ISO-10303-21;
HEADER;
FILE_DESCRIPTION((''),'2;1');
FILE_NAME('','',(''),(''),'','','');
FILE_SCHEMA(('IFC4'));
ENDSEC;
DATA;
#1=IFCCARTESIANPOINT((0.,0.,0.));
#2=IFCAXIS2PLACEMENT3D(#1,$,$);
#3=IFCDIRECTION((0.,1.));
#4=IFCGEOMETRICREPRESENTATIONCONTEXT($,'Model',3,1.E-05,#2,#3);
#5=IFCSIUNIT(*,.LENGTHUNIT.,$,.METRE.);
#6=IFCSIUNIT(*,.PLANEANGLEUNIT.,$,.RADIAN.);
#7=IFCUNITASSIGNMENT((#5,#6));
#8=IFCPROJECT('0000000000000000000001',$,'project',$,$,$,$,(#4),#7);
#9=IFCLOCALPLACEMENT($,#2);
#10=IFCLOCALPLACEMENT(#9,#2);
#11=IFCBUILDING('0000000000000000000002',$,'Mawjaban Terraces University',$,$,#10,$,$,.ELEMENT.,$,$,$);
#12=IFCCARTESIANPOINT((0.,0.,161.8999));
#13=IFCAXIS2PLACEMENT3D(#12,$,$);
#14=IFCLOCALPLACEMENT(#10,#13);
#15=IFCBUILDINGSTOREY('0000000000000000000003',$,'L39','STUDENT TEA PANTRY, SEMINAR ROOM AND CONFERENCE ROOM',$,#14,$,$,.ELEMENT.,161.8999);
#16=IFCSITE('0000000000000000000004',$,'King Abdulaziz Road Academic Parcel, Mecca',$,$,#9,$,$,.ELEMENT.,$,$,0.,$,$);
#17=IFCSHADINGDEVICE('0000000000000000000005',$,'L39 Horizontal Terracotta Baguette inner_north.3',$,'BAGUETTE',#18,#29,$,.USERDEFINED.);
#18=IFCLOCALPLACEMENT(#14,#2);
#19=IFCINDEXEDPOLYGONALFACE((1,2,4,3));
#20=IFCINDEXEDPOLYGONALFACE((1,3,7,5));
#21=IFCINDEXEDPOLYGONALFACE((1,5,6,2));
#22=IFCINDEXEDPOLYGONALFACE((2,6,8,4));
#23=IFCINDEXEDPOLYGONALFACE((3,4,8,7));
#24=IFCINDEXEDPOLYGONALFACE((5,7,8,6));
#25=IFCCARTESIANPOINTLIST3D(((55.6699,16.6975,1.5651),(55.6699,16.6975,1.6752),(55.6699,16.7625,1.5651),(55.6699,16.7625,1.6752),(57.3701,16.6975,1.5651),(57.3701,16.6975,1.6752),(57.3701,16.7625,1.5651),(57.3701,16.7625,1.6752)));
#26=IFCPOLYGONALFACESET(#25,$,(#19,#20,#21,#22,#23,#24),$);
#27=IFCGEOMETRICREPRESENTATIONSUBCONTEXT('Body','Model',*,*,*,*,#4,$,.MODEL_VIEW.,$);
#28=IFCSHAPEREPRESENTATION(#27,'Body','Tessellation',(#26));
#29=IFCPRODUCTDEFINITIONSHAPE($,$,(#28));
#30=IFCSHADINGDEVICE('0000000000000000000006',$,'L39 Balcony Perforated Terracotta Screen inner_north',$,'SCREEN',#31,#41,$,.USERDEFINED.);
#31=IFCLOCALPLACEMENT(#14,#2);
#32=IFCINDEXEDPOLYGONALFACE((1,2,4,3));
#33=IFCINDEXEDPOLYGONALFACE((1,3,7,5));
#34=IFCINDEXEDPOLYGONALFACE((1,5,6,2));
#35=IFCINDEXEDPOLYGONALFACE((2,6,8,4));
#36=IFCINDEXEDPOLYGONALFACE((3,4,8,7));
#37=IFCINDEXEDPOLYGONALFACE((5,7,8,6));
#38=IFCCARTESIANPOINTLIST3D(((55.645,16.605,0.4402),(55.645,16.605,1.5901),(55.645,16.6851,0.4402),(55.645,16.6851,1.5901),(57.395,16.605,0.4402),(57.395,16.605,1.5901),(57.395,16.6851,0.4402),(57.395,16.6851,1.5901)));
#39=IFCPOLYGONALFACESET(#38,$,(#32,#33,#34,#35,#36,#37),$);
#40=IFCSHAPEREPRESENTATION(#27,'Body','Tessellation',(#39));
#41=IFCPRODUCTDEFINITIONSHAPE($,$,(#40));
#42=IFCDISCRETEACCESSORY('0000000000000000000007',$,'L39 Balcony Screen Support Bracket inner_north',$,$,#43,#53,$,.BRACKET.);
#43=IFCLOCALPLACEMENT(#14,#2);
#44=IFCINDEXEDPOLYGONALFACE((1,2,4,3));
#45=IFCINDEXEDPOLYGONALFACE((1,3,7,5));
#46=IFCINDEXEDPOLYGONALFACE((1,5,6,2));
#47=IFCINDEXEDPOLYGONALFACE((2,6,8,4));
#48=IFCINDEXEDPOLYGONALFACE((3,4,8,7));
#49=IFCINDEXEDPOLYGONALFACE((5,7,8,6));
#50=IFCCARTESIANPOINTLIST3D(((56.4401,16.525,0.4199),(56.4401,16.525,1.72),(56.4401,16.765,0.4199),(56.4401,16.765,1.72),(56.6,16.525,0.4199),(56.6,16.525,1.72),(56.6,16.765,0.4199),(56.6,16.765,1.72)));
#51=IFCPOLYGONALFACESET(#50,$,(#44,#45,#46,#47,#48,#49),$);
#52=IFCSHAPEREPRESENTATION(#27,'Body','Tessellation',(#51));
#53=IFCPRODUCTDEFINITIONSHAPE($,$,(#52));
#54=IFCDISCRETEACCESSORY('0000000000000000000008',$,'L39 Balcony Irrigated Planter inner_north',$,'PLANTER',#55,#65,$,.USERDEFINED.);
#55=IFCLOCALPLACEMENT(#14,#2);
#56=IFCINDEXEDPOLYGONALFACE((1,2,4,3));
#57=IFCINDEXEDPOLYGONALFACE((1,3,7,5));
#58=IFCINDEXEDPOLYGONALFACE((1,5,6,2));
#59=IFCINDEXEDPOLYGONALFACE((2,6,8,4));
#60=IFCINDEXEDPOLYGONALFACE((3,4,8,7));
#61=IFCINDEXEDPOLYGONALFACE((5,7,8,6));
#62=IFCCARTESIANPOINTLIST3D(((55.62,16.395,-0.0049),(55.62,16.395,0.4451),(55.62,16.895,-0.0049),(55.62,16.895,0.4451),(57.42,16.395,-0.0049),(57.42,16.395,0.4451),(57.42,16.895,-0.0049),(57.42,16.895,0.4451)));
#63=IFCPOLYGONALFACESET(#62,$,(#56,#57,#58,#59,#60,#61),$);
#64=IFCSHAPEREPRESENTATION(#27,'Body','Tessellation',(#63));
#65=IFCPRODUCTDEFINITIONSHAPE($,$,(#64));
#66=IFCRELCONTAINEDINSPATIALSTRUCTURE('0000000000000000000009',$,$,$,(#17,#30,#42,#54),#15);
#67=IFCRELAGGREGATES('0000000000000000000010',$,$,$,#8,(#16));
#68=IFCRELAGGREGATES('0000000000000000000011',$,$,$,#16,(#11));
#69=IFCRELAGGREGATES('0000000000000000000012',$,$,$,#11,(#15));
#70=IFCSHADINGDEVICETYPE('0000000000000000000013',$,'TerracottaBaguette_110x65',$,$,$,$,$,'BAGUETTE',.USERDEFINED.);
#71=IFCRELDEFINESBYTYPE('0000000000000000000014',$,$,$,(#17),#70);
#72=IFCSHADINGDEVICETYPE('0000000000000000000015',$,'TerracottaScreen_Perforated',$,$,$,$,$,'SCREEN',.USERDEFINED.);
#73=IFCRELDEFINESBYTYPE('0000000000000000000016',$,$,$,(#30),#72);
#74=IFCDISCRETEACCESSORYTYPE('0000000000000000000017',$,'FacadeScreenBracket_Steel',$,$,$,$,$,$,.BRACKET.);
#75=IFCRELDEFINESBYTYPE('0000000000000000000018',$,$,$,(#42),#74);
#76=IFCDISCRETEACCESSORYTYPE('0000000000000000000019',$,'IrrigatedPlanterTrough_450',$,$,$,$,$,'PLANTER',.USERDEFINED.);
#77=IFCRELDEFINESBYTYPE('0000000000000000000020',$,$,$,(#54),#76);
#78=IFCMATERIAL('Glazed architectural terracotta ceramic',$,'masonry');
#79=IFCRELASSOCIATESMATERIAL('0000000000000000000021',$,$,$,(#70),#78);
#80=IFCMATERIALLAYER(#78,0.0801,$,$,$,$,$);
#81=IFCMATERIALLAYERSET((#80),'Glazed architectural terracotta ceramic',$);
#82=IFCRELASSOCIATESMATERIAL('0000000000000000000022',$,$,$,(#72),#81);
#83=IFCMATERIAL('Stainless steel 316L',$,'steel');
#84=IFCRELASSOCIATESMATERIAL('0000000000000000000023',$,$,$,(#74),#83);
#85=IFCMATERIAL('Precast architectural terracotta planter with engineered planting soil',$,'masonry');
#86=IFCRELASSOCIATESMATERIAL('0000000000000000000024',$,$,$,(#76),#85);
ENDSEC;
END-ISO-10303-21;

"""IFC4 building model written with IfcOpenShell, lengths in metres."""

from ifc_helpers import new_model, si_unit, direction, frame, origin, origin_2d, place, context, subcontext, project, spatial, rectangle, extrude, material, layer, layer_set, material_profile, profile_set, type_object, element, save


model = new_model("IFC4")

# Units and contexts
model_context = context("Model", 3, precision=1e-05, world=origin(), true_north=direction((0.0, 1.0)))
body_context = subcontext(model_context, "Body", "Model", "MODEL_VIEW")
ifc_project = project(units=[si_unit("LENGTHUNIT", "METRE"), si_unit("PLANEANGLEUNIT", "RADIAN")], contexts=[model_context])

# Site, building, storey
site_placement = place(None, origin())
site = spatial("IfcSite", under=ifc_project, at=site_placement, Name="King Abdulaziz Road Academic Parcel, Mecca", CompositionType="ELEMENT", RefElevation=0.0)
building_placement = place(site_placement, origin())
building = spatial("IfcBuilding", under=site, at=building_placement, Name="Mawjaban Terraces University", CompositionType="ELEMENT")
storey_placement = place(building_placement, frame((0.0, 0.0, 161.8999)))
storey = spatial("IfcBuildingStorey", under=building, at=storey_placement, Name="L39", Description="STUDENT TEA PANTRY, SEMINAR ROOM AND CONFERENCE ROOM", CompositionType="ELEMENT", Elevation=161.8999)

# Shading devices
ifc_material_1 = material(Name="Glazed architectural terracotta ceramic", Category="masonry")
ifc_material_profile_1 = material_profile(ifc_material_1, rectangle(XDim=0.0649, YDim=0.1101, at=origin_2d()), Name="TBAG110X65")
ifc_profile_set_1 = profile_set([ifc_material_profile_1], Name="Glazed architectural terracotta ceramic")
shading_device_type_1 = type_object("IfcShadingDeviceType", Name="TerracottaBaguette_110x65", ElementType="BAGUETTE", PredefinedType="USERDEFINED", material=ifc_profile_set_1)
for number, where, z_axis, x_axis, name in (
    (1, (55.6699, 16.73, 1.6201), (1.0, 0.0, 0.0), (0.0, 1.0, 0.0), "L39 Horizontal Terracotta Baguette inner_north.3"),
):
    element("IfcShadingDevice", number, at=place(storey_placement, frame(where, z_axis=z_axis, x_axis=x_axis)), inside=storey, type_object=shading_device_type_1, Name=name, ObjectType="BAGUETTE", PredefinedType="USERDEFINED", context=body_context, shape_type="SweptSolid", body=[
        extrude(rectangle(XDim=0.0649, YDim=0.1101, at=origin_2d()), origin(), (0.0, 0.0, 1.0), 1.7002),
    ])
ifc_layer_1 = layer(ifc_material_1, 0.0801)
ifc_layer_set_1 = layer_set([ifc_layer_1], Name="Glazed architectural terracotta ceramic")
shading_device_type_2 = type_object("IfcShadingDeviceType", Name="TerracottaScreen_Perforated", ElementType="SCREEN", PredefinedType="USERDEFINED", material=ifc_layer_set_1)
shading_device_placement = place(storey_placement, frame((56.52, 16.645, 0.4402), z_axis=(0.0, 0.0, 1.0), x_axis=(1.0, 0.0, 0.0)))
element("IfcShadingDevice", 2, at=shading_device_placement, inside=storey, type_object=shading_device_type_2, Name="L39 Balcony Perforated Terracotta Screen inner_north", ObjectType="SCREEN", PredefinedType="USERDEFINED", context=body_context, shape_type="SweptSolid", body=[
    extrude(rectangle(XDim=1.75, YDim=0.0801, at=origin_2d()), origin(), (0.0, 0.0, 1.0), 1.1499),
])

# Discrete accessories
ifc_material_2 = material(Name="Stainless steel 316L", Category="steel")
discrete_accessory_type_1 = type_object("IfcDiscreteAccessoryType", Name="FacadeScreenBracket_Steel", PredefinedType="BRACKET", material=ifc_material_2)
discrete_accessory_1_placement = place(storey_placement, frame((56.52, 16.645, 0.4199), z_axis=(0.0, 0.0, 1.0), x_axis=(1.0, 0.0, 0.0)))
element("IfcDiscreteAccessory", 3, at=discrete_accessory_1_placement, inside=storey, type_object=discrete_accessory_type_1, Name="L39 Balcony Screen Support Bracket inner_north", PredefinedType="BRACKET", context=body_context, shape_type="SweptSolid", body=[
    extrude(rectangle(XDim=0.1599, YDim=0.24, at=origin_2d()), origin(), (0.0, 0.0, 1.0), 1.3),
])
ifc_material_3 = material(Name="Precast architectural terracotta planter with engineered planting soil", Category="masonry")
discrete_accessory_type_2 = type_object("IfcDiscreteAccessoryType", Name="IrrigatedPlanterTrough_450", ElementType="PLANTER", PredefinedType="USERDEFINED", material=ifc_material_3)
discrete_accessory_2_placement = place(storey_placement, frame((56.52, 16.645, -0.0049), z_axis=(0.0, 0.0, 1.0), x_axis=(1.0, 0.0, 0.0)))
element("IfcDiscreteAccessory", 4, at=discrete_accessory_2_placement, inside=storey, type_object=discrete_accessory_type_2, Name="L39 Balcony Irrigated Planter inner_north", ObjectType="PLANTER", PredefinedType="USERDEFINED", context=body_context, shape_type="SweptSolid", body=[
    extrude(rectangle(XDim=1.8, YDim=0.5, at=origin_2d()), origin(), (0.0, 0.0, 1.0), 0.45),
])

save(model, "model.ifc")
